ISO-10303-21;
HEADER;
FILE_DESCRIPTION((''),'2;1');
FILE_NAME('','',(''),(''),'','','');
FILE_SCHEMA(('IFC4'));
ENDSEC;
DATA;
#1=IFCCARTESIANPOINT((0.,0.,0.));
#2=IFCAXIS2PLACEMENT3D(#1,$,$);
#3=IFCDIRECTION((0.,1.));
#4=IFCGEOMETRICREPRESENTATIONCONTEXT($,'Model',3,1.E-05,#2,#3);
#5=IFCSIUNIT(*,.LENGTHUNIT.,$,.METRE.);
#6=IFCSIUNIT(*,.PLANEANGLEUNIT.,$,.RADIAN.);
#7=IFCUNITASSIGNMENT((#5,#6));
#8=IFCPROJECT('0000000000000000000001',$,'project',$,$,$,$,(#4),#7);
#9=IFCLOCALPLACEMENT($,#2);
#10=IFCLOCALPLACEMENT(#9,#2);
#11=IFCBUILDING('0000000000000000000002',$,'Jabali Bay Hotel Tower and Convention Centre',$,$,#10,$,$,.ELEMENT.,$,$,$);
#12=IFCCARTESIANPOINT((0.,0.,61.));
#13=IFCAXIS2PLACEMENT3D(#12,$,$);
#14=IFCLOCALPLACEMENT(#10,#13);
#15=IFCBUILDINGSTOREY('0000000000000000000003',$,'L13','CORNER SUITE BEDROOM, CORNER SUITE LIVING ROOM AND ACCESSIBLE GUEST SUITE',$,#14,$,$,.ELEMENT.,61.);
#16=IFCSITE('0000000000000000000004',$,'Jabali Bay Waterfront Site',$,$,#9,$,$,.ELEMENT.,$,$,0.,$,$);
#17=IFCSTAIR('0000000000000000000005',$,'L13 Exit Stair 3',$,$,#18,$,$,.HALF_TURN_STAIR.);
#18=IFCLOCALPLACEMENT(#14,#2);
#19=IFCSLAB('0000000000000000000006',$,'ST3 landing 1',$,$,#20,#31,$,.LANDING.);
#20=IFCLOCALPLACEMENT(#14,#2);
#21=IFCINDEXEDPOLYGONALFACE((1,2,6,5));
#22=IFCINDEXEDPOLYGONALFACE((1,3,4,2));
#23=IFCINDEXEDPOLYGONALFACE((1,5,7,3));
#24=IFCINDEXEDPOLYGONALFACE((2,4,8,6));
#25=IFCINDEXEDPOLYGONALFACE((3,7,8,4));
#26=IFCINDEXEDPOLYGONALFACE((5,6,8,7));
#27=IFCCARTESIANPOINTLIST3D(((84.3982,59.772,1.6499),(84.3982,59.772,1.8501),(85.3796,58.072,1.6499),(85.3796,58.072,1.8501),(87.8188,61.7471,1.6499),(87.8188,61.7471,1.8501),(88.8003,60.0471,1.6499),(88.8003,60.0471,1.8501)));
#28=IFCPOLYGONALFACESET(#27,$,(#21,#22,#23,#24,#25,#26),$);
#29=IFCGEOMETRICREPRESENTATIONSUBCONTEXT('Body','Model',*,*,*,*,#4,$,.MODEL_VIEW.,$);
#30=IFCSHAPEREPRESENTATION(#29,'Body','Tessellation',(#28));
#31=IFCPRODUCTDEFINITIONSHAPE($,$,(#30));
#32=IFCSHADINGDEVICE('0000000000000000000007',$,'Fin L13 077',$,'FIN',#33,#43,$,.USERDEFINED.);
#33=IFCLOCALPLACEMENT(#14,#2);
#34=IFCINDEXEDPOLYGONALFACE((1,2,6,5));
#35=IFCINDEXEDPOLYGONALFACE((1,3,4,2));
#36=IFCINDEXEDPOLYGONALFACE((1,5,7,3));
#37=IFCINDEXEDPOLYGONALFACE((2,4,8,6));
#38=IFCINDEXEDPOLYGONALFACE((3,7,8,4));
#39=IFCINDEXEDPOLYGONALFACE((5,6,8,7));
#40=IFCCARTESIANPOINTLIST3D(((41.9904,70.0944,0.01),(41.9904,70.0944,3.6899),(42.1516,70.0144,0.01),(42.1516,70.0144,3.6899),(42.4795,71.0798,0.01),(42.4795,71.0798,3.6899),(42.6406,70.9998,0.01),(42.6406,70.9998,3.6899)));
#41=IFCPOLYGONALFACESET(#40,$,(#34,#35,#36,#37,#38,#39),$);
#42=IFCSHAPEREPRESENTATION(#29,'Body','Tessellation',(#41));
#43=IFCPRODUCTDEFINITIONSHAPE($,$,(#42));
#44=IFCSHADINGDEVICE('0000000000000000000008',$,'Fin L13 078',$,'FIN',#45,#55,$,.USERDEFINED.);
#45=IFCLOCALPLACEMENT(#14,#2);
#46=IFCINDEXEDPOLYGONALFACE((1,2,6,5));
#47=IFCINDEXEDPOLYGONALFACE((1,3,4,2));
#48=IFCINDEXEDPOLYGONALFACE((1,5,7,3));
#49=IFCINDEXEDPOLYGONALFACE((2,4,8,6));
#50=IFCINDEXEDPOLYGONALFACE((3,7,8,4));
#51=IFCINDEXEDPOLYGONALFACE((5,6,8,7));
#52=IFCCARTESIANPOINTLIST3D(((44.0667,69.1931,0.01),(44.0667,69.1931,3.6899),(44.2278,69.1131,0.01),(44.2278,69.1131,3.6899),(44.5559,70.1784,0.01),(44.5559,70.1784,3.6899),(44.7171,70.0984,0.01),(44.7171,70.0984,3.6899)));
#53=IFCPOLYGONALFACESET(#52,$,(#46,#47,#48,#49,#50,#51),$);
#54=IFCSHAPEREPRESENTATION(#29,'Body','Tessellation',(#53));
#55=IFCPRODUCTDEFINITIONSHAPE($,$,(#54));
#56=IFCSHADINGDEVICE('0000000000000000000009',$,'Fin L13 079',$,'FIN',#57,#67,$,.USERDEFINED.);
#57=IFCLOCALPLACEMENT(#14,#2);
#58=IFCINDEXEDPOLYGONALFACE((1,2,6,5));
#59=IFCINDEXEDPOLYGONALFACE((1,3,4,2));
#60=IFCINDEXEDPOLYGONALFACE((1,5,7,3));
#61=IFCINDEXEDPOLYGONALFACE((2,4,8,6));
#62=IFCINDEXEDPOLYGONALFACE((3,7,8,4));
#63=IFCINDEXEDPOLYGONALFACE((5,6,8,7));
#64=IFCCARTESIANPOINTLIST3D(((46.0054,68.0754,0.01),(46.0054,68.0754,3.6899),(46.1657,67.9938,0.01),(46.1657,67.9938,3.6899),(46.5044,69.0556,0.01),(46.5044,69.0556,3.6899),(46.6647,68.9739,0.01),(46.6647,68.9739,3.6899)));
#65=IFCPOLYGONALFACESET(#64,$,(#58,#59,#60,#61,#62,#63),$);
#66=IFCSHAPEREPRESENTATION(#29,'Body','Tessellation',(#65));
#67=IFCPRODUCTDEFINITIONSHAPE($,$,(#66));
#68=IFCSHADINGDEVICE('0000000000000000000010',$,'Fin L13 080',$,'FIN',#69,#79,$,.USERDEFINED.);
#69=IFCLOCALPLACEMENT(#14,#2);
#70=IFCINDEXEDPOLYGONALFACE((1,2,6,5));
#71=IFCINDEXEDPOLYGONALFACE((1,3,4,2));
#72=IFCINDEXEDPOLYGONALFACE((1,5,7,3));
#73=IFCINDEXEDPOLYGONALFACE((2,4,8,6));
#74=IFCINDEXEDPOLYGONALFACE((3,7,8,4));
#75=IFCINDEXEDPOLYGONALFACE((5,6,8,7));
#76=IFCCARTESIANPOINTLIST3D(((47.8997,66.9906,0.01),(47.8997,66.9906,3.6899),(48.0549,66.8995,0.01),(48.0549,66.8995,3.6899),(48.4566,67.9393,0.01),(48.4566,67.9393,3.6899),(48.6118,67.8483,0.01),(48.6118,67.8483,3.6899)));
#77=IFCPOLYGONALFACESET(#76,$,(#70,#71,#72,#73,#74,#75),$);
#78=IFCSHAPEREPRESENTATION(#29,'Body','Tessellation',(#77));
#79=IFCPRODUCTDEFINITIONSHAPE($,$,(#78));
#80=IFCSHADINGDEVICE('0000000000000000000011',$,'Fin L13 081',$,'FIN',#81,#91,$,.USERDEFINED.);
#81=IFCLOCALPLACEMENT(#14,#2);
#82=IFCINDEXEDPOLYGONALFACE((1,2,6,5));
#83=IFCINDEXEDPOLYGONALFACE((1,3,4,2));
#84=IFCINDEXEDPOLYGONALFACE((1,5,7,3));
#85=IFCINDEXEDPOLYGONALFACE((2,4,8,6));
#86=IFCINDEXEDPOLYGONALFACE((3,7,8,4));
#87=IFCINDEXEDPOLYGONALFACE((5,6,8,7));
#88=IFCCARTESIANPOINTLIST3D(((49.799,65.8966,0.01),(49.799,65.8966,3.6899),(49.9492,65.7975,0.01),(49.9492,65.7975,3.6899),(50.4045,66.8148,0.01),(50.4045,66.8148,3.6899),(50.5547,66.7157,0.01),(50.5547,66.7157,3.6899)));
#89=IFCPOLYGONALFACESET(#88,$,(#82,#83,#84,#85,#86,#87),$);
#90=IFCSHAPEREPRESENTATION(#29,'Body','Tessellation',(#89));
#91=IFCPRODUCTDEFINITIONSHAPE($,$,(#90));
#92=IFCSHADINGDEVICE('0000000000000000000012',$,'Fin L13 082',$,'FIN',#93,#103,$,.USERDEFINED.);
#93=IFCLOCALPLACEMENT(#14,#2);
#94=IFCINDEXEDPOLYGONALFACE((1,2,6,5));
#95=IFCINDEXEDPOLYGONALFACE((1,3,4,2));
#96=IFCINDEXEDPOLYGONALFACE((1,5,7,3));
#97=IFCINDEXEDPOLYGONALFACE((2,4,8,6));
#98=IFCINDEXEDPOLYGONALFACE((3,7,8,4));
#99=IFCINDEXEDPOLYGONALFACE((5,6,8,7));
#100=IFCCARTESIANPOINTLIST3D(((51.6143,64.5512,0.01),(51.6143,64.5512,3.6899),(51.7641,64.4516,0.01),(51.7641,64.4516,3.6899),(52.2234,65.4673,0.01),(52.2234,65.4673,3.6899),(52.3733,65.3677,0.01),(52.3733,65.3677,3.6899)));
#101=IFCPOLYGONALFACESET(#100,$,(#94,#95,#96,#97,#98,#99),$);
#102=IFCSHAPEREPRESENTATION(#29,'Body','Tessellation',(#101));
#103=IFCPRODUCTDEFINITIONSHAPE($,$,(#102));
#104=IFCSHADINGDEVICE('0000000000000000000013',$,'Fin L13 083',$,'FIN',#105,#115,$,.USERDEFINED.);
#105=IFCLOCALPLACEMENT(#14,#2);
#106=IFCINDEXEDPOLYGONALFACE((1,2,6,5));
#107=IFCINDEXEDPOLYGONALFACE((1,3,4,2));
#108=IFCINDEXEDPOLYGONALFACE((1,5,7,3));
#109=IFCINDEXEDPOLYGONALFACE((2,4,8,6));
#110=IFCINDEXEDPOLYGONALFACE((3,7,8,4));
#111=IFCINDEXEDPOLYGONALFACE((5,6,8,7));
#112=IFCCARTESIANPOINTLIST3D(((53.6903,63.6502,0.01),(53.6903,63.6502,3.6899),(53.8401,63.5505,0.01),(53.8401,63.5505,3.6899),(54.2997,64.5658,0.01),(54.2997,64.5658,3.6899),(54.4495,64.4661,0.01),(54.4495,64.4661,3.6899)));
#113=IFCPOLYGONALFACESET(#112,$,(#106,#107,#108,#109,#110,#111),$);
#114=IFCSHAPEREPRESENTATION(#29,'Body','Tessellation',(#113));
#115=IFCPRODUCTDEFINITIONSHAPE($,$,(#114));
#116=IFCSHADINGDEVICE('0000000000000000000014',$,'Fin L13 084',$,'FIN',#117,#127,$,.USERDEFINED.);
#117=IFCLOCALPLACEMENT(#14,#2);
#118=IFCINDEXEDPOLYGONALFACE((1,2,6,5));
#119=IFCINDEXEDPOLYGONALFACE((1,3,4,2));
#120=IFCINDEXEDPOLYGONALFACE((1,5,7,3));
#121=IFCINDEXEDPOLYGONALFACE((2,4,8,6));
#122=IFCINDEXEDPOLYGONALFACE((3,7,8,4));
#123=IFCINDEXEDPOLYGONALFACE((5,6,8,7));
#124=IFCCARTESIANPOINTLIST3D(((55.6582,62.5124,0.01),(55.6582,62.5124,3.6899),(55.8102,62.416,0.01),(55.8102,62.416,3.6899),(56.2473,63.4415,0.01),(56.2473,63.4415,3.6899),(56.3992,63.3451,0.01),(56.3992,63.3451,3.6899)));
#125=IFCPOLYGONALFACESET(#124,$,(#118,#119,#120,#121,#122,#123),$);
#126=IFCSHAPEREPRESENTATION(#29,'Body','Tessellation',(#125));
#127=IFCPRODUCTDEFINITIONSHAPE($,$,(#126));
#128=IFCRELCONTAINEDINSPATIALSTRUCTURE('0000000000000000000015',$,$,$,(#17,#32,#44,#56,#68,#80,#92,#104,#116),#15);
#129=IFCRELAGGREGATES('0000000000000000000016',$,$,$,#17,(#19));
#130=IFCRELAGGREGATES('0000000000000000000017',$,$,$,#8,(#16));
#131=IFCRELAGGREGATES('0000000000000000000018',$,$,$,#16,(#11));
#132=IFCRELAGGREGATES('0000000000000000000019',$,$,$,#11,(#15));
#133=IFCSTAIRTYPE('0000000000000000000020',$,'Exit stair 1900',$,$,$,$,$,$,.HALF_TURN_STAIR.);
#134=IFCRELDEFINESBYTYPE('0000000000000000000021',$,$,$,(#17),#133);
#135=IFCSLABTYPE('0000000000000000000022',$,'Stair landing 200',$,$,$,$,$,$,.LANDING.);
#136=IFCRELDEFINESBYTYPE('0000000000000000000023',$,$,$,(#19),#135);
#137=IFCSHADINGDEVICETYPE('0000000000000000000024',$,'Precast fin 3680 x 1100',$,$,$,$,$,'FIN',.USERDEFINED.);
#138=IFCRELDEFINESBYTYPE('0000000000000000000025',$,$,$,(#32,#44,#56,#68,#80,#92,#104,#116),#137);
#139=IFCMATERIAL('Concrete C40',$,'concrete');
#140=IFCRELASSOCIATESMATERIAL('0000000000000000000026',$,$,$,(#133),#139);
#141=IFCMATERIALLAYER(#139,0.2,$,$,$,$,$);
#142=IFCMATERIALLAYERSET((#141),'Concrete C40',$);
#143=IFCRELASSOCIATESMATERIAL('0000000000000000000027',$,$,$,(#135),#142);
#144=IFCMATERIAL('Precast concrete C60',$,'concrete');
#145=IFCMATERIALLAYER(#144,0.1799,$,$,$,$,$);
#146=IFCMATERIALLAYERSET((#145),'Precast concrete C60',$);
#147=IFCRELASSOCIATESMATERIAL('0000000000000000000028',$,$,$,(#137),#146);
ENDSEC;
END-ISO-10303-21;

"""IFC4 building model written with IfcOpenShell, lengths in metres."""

from ifc_helpers import new_model, si_unit, direction, frame, frame_2d, origin, place, context, subcontext, project, spatial, polyline, rectangle, outline, extrude, material, layer, layer_set, type_object, element, aggregate, save


model = new_model("IFC4")

# Units and contexts
model_context = context("Model", 3, precision=1e-05, world=origin(), true_north=direction((0.0, 1.0)))
body_context = subcontext(model_context, "Body", "Model", "MODEL_VIEW")
ifc_project = project(units=[si_unit("LENGTHUNIT", "METRE"), si_unit("PLANEANGLEUNIT", "RADIAN")], contexts=[model_context])

# Site, building, storey
site_placement = place(None, origin())
site = spatial("IfcSite", under=ifc_project, at=site_placement, Name="Jabali Bay Waterfront Site", CompositionType="ELEMENT", RefElevation=0.0)
building_placement = place(site_placement, origin())
building = spatial("IfcBuilding", under=site, at=building_placement, Name="Jabali Bay Hotel Tower and Convention Centre", CompositionType="ELEMENT")
storey_placement = place(building_placement, frame((0.0, 0.0, 61.0)))
storey = spatial("IfcBuildingStorey", under=building, at=storey_placement, Name="L13", Description="CORNER SUITE BEDROOM, CORNER SUITE LIVING ROOM AND ACCESSIBLE GUEST SUITE", CompositionType="ELEMENT", Elevation=61.0)

# Shared definitions
ifc_material_1 = material(Name="Concrete C40", Category="concrete")

# Stair, slab
stair_type = type_object("IfcStairType", Name="Exit stair 1900", PredefinedType="HALF_TURN_STAIR", material=ifc_material_1)
ifc_layer_1 = layer(ifc_material_1, 0.2)
ifc_layer_set_1 = layer_set([ifc_layer_1], Name="Concrete C40")
slab_type_1 = type_object("IfcSlabType", Name="Stair landing 200", PredefinedType="LANDING", material=ifc_layer_set_1)
stair_1_placement = place(storey_placement, origin())
stair_1 = element("IfcStair", 1, at=stair_1_placement, inside=storey, type_object=stair_type, Name="L13 Exit Stair 3", PredefinedType="HALF_TURN_STAIR")
slab_1_placement = place(storey_placement, frame((0.0, 0.0, 1.6499)))
slab_1 = element("IfcSlab", 2, at=slab_1_placement, type_object=slab_type_1, Name="ST3 landing 1", PredefinedType="LANDING", context=body_context, shape_type="SweptSolid", body=[
    extrude(outline(polyline([(84.3982, 59.772), (85.3796, 58.072), (88.8003, 60.0471), (87.8188, 61.7471), (84.3982, 59.772)])), origin(), (0.0, 0.0, 1.0), 0.2002),
])
aggregate(stair_1, [slab_1])

# Shading devices
ifc_material_2 = material(Name="Precast concrete C60", Category="concrete")
ifc_layer_2 = layer(ifc_material_2, 0.1799)
ifc_layer_set_2 = layer_set([ifc_layer_2], Name="Precast concrete C60")
shading_device_type = type_object("IfcShadingDeviceType", Name="Precast fin 3680 x 1100", ElementType="FIN", PredefinedType="USERDEFINED", material=ifc_layer_set_2)
for number, where, z_axis, x_axis, name in (
    (3, (42.5601, 71.0398, 0.01), (0.0, 0.0, 1.0), (-0.444548, -0.895755, 0.0), "Fin L13 077"),
    (4, (44.6365, 70.1384, 0.01), (0.0, 0.0, 1.0), (-0.444726, -0.895666, 0.0), "Fin L13 078"),
):
    element("IfcShadingDevice", number, at=place(storey_placement, frame(where, z_axis=z_axis, x_axis=x_axis)), inside=storey, type_object=shading_device_type, Name=name, ObjectType="FIN", PredefinedType="USERDEFINED", context=body_context, shape_type="SweptSolid", body=[
        extrude(rectangle(XDim=1.1001, YDim=0.1799, at=frame_2d((0.55, 0.0))), origin(), (0.0, 0.0, 1.0), 3.6799),
    ])
shading_device_1_placement = place(storey_placement, frame((46.5845, 69.0146, 0.01), z_axis=(0.0, 0.0, 1.0), x_axis=(-0.453683, -0.891163, 0.0)))
element("IfcShadingDevice", 5, at=shading_device_1_placement, inside=storey, type_object=shading_device_type, Name="Fin L13 079", ObjectType="FIN", PredefinedType="USERDEFINED", context=body_context, shape_type="SweptSolid", body=[
    extrude(rectangle(XDim=1.0999, YDim=0.1799, at=frame_2d((0.5498, 0.0))), origin(), (0.0, 0.0, 1.0), 3.6799),
])
shading_device_2_placement = place(storey_placement, frame((48.5342, 67.8938, 0.01), z_axis=(0.0, 0.0, 1.0), x_axis=(-0.506215, -0.862407, 0.0)))
element("IfcShadingDevice", 6, at=shading_device_2_placement, inside=storey, type_object=shading_device_type, Name="Fin L13 080", ObjectType="FIN", PredefinedType="USERDEFINED", context=body_context, shape_type="SweptSolid", body=[
    extrude(rectangle(XDim=1.1001, YDim=0.1799, at=frame_2d((0.55, 0.0))), origin(), (0.0, 0.0, 1.0), 3.6799),
])
shading_device_3_placement = place(storey_placement, frame((50.4795, 66.7651, 0.01), z_axis=(0.0, 0.0, 1.0), x_axis=(-0.550493, -0.83484, 0.0)))
element("IfcShadingDevice", 7, at=shading_device_3_placement, inside=storey, type_object=shading_device_type, Name="Fin L13 081", ObjectType="FIN", PredefinedType="USERDEFINED", context=body_context, shape_type="SweptSolid", body=[
    extrude(rectangle(XDim=1.0999, YDim=0.1799, at=frame_2d((0.5498, 0.0))), origin(), (0.0, 0.0, 1.0), 3.6799),
])
shading_device_4_placement = place(storey_placement, frame((52.2983, 65.4175, 0.01), z_axis=(0.0, 0.0, 1.0), x_axis=(-0.553727, -0.832698, 0.0)))
element("IfcShadingDevice", 8, at=shading_device_4_placement, inside=storey, type_object=shading_device_type, Name="Fin L13 082", ObjectType="FIN", PredefinedType="USERDEFINED", context=body_context, shape_type="SweptSolid", body=[
    extrude(rectangle(XDim=1.1001, YDim=0.1799, at=frame_2d((0.55, 0.0))), origin(), (0.0, 0.0, 1.0), 3.6799),
])
shading_device_5_placement = place(storey_placement, frame((54.3745, 64.5159, 0.01), z_axis=(0.0, 0.0, 1.0), x_axis=(-0.554085, -0.83246, 0.0)))
element("IfcShadingDevice", 9, at=shading_device_5_placement, inside=storey, type_object=shading_device_type, Name="Fin L13 083", ObjectType="FIN", PredefinedType="USERDEFINED", context=body_context, shape_type="SweptSolid", body=[
    extrude(rectangle(XDim=1.0999, YDim=0.1799, at=frame_2d((0.5498, 0.0))), origin(), (0.0, 0.0, 1.0), 3.6799),
])
shading_device_6_placement = place(storey_placement, frame((56.3232, 63.3933, 0.01), z_axis=(0.0, 0.0, 1.0), x_axis=(-0.535453, -0.844565, 0.0)))
element("IfcShadingDevice", 10, at=shading_device_6_placement, inside=storey, type_object=shading_device_type, Name="Fin L13 084", ObjectType="FIN", PredefinedType="USERDEFINED", context=body_context, shape_type="SweptSolid", body=[
    extrude(rectangle(XDim=1.1001, YDim=0.1799, at=frame_2d((0.55, 0.0))), origin(), (0.0, 0.0, 1.0), 3.6799),
])

save(model, "model.ifc")
